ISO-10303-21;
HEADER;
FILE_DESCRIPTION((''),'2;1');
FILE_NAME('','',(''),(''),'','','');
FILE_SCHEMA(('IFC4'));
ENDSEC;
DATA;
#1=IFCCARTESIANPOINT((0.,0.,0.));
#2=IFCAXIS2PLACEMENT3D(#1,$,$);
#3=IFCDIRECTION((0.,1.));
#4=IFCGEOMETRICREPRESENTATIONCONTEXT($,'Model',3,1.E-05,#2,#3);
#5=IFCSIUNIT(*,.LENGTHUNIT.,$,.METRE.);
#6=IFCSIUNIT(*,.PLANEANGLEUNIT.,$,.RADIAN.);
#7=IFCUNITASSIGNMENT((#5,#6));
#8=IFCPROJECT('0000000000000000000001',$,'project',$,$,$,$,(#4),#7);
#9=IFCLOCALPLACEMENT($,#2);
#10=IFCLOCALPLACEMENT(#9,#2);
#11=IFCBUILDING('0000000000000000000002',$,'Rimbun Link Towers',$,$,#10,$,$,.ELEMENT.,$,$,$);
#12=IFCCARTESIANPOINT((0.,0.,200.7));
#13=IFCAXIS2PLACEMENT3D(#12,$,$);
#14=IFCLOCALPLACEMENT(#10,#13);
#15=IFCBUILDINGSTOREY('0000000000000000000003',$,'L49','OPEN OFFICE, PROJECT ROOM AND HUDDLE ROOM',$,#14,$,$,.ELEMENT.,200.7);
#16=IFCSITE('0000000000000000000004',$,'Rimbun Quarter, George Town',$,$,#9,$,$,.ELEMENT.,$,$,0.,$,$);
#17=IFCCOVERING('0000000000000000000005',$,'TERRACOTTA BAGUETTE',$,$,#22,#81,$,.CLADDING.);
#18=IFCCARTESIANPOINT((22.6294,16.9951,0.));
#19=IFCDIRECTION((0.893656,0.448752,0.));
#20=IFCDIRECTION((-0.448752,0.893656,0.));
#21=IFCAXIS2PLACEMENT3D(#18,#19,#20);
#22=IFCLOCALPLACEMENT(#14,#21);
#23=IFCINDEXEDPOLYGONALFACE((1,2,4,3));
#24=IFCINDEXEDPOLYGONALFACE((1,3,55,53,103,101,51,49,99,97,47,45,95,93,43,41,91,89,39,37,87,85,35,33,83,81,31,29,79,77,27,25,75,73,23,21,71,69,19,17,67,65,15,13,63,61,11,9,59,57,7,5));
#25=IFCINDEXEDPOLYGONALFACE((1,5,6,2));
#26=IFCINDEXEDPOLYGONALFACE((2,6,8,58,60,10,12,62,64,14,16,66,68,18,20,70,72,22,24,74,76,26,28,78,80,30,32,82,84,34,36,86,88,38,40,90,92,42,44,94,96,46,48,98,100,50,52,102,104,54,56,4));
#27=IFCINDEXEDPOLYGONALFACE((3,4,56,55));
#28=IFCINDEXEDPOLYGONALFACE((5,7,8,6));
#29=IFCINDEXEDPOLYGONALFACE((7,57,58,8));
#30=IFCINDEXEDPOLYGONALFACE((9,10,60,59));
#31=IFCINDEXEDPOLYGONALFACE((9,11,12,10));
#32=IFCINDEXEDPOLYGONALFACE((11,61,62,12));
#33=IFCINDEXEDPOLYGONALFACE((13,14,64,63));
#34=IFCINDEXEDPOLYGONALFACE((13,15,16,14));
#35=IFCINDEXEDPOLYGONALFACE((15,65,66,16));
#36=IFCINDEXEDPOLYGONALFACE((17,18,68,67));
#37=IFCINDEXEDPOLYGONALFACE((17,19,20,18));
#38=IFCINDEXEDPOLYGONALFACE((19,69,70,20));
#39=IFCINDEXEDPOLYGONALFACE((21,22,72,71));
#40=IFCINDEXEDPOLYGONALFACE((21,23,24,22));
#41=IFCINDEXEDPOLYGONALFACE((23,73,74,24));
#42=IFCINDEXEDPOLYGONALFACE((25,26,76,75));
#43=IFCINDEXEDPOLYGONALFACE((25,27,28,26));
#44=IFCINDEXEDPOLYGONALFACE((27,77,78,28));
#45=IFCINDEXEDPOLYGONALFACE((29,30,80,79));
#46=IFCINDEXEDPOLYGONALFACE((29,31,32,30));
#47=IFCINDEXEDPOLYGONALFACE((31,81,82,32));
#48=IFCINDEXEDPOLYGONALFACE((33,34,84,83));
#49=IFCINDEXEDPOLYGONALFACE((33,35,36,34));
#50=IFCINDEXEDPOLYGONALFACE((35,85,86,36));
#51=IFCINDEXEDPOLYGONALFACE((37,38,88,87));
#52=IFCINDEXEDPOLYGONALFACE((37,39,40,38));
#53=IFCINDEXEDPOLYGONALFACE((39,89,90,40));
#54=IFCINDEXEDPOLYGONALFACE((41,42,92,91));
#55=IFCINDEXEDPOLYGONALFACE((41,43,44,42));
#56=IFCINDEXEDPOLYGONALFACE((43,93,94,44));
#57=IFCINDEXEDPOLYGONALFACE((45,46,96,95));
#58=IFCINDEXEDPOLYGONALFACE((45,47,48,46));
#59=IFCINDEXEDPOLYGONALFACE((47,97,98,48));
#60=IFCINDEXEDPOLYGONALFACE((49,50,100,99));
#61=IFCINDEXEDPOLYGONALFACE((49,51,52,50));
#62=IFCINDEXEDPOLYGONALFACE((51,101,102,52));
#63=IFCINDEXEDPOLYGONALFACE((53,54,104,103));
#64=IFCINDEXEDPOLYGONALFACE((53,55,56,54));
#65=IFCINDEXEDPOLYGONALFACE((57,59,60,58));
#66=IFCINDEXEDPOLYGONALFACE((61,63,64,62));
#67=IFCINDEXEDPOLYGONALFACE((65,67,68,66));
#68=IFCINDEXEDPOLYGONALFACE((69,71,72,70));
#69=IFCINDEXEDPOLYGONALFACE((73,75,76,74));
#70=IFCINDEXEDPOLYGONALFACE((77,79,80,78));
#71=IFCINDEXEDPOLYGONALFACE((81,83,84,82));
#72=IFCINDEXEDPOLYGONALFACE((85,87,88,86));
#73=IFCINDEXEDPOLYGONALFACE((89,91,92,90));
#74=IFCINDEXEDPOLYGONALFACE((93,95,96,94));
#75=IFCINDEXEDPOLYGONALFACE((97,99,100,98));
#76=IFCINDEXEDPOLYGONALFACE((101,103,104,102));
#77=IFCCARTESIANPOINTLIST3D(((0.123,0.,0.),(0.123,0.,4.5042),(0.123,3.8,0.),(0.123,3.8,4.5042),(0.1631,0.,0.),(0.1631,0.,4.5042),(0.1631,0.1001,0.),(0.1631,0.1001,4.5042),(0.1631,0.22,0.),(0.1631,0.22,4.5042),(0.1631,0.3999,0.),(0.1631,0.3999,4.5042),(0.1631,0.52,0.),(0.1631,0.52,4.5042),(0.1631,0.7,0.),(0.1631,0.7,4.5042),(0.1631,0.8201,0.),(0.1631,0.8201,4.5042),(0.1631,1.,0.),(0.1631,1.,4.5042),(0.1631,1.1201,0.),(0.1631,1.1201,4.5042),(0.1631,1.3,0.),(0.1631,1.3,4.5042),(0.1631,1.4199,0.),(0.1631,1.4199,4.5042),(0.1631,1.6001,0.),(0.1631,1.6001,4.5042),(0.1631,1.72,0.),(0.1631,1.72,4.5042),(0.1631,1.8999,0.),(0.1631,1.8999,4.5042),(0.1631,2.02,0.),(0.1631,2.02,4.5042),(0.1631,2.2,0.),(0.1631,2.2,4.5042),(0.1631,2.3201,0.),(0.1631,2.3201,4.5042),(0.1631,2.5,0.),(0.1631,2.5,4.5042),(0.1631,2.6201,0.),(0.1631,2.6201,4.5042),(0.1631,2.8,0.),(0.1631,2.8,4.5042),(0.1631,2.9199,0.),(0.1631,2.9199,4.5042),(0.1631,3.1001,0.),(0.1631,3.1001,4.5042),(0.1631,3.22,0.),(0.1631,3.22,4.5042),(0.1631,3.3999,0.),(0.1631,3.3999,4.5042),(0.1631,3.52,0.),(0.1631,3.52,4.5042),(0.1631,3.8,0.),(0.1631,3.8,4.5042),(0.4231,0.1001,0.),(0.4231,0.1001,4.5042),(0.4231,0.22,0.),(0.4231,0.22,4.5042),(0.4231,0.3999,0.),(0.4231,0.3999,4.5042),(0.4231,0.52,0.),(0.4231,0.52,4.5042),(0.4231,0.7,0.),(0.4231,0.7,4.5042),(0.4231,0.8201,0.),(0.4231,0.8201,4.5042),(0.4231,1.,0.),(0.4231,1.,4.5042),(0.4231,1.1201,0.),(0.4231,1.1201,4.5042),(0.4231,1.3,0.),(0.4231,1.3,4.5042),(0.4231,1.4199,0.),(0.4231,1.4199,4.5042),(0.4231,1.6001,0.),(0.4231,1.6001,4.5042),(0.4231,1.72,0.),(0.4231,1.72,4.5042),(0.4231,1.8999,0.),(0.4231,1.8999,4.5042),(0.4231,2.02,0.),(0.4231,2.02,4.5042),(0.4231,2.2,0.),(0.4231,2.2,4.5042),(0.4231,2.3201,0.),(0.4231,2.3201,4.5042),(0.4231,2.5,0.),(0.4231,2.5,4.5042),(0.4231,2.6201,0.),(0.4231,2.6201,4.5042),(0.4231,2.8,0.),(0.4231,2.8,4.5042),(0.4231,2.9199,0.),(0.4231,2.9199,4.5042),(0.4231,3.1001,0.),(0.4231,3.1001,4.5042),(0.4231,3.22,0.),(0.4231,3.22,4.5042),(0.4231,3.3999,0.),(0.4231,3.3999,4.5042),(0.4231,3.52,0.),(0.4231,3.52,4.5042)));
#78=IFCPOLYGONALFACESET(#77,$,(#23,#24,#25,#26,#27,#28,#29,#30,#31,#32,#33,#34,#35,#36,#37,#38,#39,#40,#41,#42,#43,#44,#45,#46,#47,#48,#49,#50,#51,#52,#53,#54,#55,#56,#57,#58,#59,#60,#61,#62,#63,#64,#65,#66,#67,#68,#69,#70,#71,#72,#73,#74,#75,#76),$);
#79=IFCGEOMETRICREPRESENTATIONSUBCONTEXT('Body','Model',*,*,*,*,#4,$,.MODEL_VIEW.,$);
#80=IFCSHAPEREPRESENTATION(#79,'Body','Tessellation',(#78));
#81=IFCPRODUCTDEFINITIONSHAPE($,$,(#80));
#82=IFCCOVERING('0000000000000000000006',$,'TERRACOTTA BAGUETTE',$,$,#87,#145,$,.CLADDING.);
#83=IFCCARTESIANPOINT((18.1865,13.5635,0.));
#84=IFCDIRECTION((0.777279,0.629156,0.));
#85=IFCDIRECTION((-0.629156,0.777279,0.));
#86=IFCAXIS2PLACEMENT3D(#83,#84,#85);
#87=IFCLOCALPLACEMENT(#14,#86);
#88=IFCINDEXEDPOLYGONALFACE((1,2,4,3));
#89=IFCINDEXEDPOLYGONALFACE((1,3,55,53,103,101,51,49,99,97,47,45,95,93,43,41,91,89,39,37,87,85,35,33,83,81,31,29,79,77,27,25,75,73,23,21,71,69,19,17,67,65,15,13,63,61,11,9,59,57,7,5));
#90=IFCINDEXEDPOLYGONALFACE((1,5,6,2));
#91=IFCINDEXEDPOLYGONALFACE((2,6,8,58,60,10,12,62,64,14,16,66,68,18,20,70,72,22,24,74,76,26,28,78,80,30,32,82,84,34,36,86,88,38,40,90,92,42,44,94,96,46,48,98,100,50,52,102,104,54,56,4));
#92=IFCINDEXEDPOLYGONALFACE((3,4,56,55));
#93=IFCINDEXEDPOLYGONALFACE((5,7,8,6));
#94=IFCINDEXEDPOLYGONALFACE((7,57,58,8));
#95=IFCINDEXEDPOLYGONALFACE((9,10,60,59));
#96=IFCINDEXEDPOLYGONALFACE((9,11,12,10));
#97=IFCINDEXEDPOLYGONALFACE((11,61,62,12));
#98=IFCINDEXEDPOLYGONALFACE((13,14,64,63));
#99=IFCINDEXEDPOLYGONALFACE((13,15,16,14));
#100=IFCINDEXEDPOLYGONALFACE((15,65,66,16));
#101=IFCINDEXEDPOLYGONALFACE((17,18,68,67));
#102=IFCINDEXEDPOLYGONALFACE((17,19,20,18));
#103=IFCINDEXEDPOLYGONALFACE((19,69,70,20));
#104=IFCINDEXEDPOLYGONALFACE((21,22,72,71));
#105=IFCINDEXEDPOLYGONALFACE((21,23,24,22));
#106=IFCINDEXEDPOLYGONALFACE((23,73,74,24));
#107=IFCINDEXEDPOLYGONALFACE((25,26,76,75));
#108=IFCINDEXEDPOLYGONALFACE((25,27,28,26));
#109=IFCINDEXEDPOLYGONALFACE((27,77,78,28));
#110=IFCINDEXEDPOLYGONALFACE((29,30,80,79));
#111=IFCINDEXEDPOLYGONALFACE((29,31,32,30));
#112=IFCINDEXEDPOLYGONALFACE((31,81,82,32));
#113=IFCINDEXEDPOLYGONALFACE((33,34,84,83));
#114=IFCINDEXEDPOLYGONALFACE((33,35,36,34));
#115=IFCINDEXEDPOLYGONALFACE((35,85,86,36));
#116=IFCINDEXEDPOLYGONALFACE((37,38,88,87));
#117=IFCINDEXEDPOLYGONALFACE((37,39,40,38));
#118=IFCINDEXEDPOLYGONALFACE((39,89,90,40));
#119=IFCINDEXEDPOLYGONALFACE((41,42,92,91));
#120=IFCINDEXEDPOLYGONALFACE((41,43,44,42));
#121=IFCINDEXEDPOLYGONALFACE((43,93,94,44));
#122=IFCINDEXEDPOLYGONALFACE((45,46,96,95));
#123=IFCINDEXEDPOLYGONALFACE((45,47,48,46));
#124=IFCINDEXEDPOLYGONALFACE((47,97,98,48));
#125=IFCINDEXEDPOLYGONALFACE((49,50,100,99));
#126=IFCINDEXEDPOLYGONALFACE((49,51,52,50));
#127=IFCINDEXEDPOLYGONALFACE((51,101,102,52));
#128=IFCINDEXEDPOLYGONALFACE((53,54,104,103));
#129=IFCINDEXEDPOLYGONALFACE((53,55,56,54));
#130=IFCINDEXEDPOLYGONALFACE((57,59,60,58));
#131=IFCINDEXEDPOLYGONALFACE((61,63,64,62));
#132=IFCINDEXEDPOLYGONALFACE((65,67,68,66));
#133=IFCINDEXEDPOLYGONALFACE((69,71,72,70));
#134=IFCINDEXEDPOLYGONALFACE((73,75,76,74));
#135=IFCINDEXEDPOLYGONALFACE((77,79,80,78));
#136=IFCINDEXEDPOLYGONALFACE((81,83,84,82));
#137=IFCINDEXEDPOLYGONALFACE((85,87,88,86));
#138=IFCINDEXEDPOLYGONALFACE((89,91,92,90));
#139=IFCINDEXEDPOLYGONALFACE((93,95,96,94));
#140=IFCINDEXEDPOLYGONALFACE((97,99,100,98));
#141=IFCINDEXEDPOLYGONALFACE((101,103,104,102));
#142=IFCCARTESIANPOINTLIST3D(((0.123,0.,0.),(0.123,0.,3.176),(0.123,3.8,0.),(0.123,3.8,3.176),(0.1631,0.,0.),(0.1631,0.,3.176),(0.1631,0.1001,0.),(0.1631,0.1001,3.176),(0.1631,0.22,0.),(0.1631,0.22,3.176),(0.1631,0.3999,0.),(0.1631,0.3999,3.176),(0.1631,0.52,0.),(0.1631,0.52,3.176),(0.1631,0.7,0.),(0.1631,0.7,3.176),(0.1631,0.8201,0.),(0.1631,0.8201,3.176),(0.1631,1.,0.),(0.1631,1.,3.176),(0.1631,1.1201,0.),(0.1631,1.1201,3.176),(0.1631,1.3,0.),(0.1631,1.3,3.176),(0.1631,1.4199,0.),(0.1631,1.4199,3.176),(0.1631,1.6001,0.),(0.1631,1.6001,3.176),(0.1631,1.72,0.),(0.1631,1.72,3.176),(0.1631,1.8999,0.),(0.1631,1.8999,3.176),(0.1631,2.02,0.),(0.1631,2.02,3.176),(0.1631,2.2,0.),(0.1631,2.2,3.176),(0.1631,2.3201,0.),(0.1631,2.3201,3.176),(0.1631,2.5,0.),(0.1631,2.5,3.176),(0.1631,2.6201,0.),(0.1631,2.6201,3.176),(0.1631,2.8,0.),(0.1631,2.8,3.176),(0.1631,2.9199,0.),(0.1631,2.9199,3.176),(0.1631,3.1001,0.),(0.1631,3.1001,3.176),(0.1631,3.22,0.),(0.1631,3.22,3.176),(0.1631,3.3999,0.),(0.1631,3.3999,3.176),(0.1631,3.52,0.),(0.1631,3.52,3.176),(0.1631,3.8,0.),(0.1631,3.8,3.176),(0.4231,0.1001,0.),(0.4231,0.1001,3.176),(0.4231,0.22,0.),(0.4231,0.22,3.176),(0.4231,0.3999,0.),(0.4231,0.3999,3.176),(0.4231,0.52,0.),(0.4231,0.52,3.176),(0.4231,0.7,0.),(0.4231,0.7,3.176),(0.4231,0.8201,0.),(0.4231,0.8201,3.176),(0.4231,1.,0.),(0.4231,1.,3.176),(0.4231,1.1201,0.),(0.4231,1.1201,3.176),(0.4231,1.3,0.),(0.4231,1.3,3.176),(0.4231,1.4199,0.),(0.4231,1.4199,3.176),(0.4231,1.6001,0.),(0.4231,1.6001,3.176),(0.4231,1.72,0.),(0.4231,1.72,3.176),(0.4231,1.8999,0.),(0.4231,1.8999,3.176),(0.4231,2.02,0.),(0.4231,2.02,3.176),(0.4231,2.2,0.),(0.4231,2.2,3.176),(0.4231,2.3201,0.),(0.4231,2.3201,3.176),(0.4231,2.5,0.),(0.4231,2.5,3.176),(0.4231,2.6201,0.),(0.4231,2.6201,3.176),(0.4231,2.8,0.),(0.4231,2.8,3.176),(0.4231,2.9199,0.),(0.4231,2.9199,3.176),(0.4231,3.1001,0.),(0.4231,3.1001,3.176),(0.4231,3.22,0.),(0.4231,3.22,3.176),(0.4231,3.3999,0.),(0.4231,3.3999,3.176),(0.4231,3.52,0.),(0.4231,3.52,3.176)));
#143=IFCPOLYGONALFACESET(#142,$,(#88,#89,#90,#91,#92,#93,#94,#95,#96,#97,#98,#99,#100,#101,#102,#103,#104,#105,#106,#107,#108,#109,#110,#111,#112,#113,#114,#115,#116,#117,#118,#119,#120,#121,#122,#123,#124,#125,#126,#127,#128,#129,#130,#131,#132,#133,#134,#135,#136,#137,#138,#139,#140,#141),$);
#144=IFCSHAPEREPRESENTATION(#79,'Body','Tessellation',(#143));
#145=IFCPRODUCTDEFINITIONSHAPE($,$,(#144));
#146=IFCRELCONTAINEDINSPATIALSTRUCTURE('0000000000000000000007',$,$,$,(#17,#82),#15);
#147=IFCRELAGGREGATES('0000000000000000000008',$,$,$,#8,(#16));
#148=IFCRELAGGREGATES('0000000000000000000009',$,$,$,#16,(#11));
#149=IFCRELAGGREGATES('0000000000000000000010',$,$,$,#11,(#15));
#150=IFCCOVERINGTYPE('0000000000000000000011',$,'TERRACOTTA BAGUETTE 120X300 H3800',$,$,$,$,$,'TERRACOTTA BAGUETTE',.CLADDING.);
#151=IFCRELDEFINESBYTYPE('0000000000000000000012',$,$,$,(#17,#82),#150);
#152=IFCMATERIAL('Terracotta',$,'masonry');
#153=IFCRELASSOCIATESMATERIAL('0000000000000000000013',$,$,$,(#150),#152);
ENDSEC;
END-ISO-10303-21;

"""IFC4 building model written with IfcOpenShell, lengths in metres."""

from ifc_helpers import new_model, si_unit, direction, frame, origin, place, context, subcontext, project, spatial, polyline, outline, extrude, material, material_profile, profile_set, type_object, element, save


model = new_model("IFC4")

# Units and contexts
model_context = context("Model", 3, precision=1e-05, world=origin(), true_north=direction((0.0, 1.0)))
body_context = subcontext(model_context, "Body", "Model", "MODEL_VIEW")
ifc_project = project(units=[si_unit("LENGTHUNIT", "METRE"), si_unit("PLANEANGLEUNIT", "RADIAN")], contexts=[model_context])

# Site, building, storey
site_placement = place(None, origin())
site = spatial("IfcSite", under=ifc_project, at=site_placement, Name="Rimbun Quarter, George Town", CompositionType="ELEMENT", RefElevation=0.0)
building_placement = place(site_placement, origin())
building = spatial("IfcBuilding", under=site, at=building_placement, Name="Rimbun Link Towers", CompositionType="ELEMENT")
storey_placement = place(building_placement, frame((0.0, 0.0, 200.7)))
storey = spatial("IfcBuildingStorey", under=building, at=storey_placement, Name="L49", Description="OPEN OFFICE, PROJECT ROOM AND HUDDLE ROOM", CompositionType="ELEMENT", Elevation=200.7)

# Coverings
ifc_material_1 = material(Name="Terracotta", Category="masonry")
ifc_material_profile_1 = material_profile(ifc_material_1, outline(polyline([(0.123, 0.0), (0.1631, 0.0), (0.1631, 0.1001), (0.4231, 0.1001), (0.4231, 0.22), (0.1631, 0.22), (0.1631, 0.3999), (0.4231, 0.3999), (0.4231, 0.52), (0.1631, 0.52), (0.1631, 0.7), (0.4231, 0.7), (0.4231, 0.8201), (0.1631, 0.8201), (0.1631, 1.0), (0.4231, 1.0), (0.4231, 1.1201), (0.1631, 1.1201), (0.1631, 1.3), (0.4231, 1.3), (0.4231, 1.4199), (0.1631, 1.4199), (0.1631, 1.6001), (0.4231, 1.6001), (0.4231, 1.72), (0.1631, 1.72), (0.1631, 1.8999), (0.4231, 1.8999), (0.4231, 2.02), (0.1631, 2.02), (0.1631, 2.2), (0.4231, 2.2), (0.4231, 2.3201), (0.1631, 2.3201), (0.1631, 2.5), (0.4231, 2.5), (0.4231, 2.6201), (0.1631, 2.6201), (0.1631, 2.8), (0.4231, 2.8), (0.4231, 2.9199), (0.1631, 2.9199), (0.1631, 3.1001), (0.4231, 3.1001), (0.4231, 3.22), (0.1631, 3.22), (0.1631, 3.3999), (0.4231, 3.3999), (0.4231, 3.52), (0.1631, 3.52), (0.1631, 3.8), (0.123, 3.8), (0.123, 0.0)])), Name="BAGUETTE 120X300")
ifc_profile_set_1 = profile_set([ifc_material_profile_1], Name="Terracotta")
covering_type = type_object("IfcCoveringType", Name="TERRACOTTA BAGUETTE 120X300 H3800", ElementType="TERRACOTTA BAGUETTE", PredefinedType="CLADDING", material=ifc_profile_set_1)
covering_1_placement = place(storey_placement, frame((22.6294, 16.9951, 0.0), z_axis=(0.893656, 0.448752, 0.0), x_axis=(-0.448752, 0.893656, 0.0)))
element("IfcCovering", 1, at=covering_1_placement, inside=storey, type_object=covering_type, Name="TERRACOTTA BAGUETTE", PredefinedType="CLADDING", context=body_context, shape_type="SweptSolid", body=[
    extrude(outline(polyline([(0.123, 0.0), (0.1631, 0.0), (0.1631, 0.1001), (0.4231, 0.1001), (0.4231, 0.22), (0.1631, 0.22), (0.1631, 0.3999), (0.4231, 0.3999), (0.4231, 0.52), (0.1631, 0.52), (0.1631, 0.7), (0.4231, 0.7), (0.4231, 0.8201), (0.1631, 0.8201), (0.1631, 1.0), (0.4231, 1.0), (0.4231, 1.1201), (0.1631, 1.1201), (0.1631, 1.3), (0.4231, 1.3), (0.4231, 1.4199), (0.1631, 1.4199), (0.1631, 1.6001), (0.4231, 1.6001), (0.4231, 1.72), (0.1631, 1.72), (0.1631, 1.8999), (0.4231, 1.8999), (0.4231, 2.02), (0.1631, 2.02), (0.1631, 2.2), (0.4231, 2.2), (0.4231, 2.3201), (0.1631, 2.3201), (0.1631, 2.5), (0.4231, 2.5), (0.4231, 2.6201), (0.1631, 2.6201), (0.1631, 2.8), (0.4231, 2.8), (0.4231, 2.9199), (0.1631, 2.9199), (0.1631, 3.1001), (0.4231, 3.1001), (0.4231, 3.22), (0.1631, 3.22), (0.1631, 3.3999), (0.4231, 3.3999), (0.4231, 3.52), (0.1631, 3.52), (0.1631, 3.8), (0.123, 3.8), (0.123, 0.0)])), origin(), (0.0, 0.0, 1.0), 4.5042),
])
covering_2_placement = place(storey_placement, frame((18.1865, 13.5635, 0.0), z_axis=(0.777279, 0.629156, 0.0), x_axis=(-0.629156, 0.777279, 0.0)))
element("IfcCovering", 2, at=covering_2_placement, inside=storey, type_object=covering_type, Name="TERRACOTTA BAGUETTE", PredefinedType="CLADDING", context=body_context, shape_type="SweptSolid", body=[
    extrude(outline(polyline([(0.123, 0.0), (0.1631, 0.0), (0.1631, 0.1001), (0.4231, 0.1001), (0.4231, 0.22), (0.1631, 0.22), (0.1631, 0.3999), (0.4231, 0.3999), (0.4231, 0.52), (0.1631, 0.52), (0.1631, 0.7), (0.4231, 0.7), (0.4231, 0.8201), (0.1631, 0.8201), (0.1631, 1.0), (0.4231, 1.0), (0.4231, 1.1201), (0.1631, 1.1201), (0.1631, 1.3), (0.4231, 1.3), (0.4231, 1.4199), (0.1631, 1.4199), (0.1631, 1.6001), (0.4231, 1.6001), (0.4231, 1.72), (0.1631, 1.72), (0.1631, 1.8999), (0.4231, 1.8999), (0.4231, 2.02), (0.1631, 2.02), (0.1631, 2.2), (0.4231, 2.2), (0.4231, 2.3201), (0.1631, 2.3201), (0.1631, 2.5), (0.4231, 2.5), (0.4231, 2.6201), (0.1631, 2.6201), (0.1631, 2.8), (0.4231, 2.8), (0.4231, 2.9199), (0.1631, 2.9199), (0.1631, 3.1001), (0.4231, 3.1001), (0.4231, 3.22), (0.1631, 3.22), (0.1631, 3.3999), (0.4231, 3.3999), (0.4231, 3.52), (0.1631, 3.52), (0.1631, 3.8), (0.123, 3.8), (0.123, 0.0)])), origin(), (0.0, 0.0, 1.0), 3.176),
])

save(model, "model.ifc")
